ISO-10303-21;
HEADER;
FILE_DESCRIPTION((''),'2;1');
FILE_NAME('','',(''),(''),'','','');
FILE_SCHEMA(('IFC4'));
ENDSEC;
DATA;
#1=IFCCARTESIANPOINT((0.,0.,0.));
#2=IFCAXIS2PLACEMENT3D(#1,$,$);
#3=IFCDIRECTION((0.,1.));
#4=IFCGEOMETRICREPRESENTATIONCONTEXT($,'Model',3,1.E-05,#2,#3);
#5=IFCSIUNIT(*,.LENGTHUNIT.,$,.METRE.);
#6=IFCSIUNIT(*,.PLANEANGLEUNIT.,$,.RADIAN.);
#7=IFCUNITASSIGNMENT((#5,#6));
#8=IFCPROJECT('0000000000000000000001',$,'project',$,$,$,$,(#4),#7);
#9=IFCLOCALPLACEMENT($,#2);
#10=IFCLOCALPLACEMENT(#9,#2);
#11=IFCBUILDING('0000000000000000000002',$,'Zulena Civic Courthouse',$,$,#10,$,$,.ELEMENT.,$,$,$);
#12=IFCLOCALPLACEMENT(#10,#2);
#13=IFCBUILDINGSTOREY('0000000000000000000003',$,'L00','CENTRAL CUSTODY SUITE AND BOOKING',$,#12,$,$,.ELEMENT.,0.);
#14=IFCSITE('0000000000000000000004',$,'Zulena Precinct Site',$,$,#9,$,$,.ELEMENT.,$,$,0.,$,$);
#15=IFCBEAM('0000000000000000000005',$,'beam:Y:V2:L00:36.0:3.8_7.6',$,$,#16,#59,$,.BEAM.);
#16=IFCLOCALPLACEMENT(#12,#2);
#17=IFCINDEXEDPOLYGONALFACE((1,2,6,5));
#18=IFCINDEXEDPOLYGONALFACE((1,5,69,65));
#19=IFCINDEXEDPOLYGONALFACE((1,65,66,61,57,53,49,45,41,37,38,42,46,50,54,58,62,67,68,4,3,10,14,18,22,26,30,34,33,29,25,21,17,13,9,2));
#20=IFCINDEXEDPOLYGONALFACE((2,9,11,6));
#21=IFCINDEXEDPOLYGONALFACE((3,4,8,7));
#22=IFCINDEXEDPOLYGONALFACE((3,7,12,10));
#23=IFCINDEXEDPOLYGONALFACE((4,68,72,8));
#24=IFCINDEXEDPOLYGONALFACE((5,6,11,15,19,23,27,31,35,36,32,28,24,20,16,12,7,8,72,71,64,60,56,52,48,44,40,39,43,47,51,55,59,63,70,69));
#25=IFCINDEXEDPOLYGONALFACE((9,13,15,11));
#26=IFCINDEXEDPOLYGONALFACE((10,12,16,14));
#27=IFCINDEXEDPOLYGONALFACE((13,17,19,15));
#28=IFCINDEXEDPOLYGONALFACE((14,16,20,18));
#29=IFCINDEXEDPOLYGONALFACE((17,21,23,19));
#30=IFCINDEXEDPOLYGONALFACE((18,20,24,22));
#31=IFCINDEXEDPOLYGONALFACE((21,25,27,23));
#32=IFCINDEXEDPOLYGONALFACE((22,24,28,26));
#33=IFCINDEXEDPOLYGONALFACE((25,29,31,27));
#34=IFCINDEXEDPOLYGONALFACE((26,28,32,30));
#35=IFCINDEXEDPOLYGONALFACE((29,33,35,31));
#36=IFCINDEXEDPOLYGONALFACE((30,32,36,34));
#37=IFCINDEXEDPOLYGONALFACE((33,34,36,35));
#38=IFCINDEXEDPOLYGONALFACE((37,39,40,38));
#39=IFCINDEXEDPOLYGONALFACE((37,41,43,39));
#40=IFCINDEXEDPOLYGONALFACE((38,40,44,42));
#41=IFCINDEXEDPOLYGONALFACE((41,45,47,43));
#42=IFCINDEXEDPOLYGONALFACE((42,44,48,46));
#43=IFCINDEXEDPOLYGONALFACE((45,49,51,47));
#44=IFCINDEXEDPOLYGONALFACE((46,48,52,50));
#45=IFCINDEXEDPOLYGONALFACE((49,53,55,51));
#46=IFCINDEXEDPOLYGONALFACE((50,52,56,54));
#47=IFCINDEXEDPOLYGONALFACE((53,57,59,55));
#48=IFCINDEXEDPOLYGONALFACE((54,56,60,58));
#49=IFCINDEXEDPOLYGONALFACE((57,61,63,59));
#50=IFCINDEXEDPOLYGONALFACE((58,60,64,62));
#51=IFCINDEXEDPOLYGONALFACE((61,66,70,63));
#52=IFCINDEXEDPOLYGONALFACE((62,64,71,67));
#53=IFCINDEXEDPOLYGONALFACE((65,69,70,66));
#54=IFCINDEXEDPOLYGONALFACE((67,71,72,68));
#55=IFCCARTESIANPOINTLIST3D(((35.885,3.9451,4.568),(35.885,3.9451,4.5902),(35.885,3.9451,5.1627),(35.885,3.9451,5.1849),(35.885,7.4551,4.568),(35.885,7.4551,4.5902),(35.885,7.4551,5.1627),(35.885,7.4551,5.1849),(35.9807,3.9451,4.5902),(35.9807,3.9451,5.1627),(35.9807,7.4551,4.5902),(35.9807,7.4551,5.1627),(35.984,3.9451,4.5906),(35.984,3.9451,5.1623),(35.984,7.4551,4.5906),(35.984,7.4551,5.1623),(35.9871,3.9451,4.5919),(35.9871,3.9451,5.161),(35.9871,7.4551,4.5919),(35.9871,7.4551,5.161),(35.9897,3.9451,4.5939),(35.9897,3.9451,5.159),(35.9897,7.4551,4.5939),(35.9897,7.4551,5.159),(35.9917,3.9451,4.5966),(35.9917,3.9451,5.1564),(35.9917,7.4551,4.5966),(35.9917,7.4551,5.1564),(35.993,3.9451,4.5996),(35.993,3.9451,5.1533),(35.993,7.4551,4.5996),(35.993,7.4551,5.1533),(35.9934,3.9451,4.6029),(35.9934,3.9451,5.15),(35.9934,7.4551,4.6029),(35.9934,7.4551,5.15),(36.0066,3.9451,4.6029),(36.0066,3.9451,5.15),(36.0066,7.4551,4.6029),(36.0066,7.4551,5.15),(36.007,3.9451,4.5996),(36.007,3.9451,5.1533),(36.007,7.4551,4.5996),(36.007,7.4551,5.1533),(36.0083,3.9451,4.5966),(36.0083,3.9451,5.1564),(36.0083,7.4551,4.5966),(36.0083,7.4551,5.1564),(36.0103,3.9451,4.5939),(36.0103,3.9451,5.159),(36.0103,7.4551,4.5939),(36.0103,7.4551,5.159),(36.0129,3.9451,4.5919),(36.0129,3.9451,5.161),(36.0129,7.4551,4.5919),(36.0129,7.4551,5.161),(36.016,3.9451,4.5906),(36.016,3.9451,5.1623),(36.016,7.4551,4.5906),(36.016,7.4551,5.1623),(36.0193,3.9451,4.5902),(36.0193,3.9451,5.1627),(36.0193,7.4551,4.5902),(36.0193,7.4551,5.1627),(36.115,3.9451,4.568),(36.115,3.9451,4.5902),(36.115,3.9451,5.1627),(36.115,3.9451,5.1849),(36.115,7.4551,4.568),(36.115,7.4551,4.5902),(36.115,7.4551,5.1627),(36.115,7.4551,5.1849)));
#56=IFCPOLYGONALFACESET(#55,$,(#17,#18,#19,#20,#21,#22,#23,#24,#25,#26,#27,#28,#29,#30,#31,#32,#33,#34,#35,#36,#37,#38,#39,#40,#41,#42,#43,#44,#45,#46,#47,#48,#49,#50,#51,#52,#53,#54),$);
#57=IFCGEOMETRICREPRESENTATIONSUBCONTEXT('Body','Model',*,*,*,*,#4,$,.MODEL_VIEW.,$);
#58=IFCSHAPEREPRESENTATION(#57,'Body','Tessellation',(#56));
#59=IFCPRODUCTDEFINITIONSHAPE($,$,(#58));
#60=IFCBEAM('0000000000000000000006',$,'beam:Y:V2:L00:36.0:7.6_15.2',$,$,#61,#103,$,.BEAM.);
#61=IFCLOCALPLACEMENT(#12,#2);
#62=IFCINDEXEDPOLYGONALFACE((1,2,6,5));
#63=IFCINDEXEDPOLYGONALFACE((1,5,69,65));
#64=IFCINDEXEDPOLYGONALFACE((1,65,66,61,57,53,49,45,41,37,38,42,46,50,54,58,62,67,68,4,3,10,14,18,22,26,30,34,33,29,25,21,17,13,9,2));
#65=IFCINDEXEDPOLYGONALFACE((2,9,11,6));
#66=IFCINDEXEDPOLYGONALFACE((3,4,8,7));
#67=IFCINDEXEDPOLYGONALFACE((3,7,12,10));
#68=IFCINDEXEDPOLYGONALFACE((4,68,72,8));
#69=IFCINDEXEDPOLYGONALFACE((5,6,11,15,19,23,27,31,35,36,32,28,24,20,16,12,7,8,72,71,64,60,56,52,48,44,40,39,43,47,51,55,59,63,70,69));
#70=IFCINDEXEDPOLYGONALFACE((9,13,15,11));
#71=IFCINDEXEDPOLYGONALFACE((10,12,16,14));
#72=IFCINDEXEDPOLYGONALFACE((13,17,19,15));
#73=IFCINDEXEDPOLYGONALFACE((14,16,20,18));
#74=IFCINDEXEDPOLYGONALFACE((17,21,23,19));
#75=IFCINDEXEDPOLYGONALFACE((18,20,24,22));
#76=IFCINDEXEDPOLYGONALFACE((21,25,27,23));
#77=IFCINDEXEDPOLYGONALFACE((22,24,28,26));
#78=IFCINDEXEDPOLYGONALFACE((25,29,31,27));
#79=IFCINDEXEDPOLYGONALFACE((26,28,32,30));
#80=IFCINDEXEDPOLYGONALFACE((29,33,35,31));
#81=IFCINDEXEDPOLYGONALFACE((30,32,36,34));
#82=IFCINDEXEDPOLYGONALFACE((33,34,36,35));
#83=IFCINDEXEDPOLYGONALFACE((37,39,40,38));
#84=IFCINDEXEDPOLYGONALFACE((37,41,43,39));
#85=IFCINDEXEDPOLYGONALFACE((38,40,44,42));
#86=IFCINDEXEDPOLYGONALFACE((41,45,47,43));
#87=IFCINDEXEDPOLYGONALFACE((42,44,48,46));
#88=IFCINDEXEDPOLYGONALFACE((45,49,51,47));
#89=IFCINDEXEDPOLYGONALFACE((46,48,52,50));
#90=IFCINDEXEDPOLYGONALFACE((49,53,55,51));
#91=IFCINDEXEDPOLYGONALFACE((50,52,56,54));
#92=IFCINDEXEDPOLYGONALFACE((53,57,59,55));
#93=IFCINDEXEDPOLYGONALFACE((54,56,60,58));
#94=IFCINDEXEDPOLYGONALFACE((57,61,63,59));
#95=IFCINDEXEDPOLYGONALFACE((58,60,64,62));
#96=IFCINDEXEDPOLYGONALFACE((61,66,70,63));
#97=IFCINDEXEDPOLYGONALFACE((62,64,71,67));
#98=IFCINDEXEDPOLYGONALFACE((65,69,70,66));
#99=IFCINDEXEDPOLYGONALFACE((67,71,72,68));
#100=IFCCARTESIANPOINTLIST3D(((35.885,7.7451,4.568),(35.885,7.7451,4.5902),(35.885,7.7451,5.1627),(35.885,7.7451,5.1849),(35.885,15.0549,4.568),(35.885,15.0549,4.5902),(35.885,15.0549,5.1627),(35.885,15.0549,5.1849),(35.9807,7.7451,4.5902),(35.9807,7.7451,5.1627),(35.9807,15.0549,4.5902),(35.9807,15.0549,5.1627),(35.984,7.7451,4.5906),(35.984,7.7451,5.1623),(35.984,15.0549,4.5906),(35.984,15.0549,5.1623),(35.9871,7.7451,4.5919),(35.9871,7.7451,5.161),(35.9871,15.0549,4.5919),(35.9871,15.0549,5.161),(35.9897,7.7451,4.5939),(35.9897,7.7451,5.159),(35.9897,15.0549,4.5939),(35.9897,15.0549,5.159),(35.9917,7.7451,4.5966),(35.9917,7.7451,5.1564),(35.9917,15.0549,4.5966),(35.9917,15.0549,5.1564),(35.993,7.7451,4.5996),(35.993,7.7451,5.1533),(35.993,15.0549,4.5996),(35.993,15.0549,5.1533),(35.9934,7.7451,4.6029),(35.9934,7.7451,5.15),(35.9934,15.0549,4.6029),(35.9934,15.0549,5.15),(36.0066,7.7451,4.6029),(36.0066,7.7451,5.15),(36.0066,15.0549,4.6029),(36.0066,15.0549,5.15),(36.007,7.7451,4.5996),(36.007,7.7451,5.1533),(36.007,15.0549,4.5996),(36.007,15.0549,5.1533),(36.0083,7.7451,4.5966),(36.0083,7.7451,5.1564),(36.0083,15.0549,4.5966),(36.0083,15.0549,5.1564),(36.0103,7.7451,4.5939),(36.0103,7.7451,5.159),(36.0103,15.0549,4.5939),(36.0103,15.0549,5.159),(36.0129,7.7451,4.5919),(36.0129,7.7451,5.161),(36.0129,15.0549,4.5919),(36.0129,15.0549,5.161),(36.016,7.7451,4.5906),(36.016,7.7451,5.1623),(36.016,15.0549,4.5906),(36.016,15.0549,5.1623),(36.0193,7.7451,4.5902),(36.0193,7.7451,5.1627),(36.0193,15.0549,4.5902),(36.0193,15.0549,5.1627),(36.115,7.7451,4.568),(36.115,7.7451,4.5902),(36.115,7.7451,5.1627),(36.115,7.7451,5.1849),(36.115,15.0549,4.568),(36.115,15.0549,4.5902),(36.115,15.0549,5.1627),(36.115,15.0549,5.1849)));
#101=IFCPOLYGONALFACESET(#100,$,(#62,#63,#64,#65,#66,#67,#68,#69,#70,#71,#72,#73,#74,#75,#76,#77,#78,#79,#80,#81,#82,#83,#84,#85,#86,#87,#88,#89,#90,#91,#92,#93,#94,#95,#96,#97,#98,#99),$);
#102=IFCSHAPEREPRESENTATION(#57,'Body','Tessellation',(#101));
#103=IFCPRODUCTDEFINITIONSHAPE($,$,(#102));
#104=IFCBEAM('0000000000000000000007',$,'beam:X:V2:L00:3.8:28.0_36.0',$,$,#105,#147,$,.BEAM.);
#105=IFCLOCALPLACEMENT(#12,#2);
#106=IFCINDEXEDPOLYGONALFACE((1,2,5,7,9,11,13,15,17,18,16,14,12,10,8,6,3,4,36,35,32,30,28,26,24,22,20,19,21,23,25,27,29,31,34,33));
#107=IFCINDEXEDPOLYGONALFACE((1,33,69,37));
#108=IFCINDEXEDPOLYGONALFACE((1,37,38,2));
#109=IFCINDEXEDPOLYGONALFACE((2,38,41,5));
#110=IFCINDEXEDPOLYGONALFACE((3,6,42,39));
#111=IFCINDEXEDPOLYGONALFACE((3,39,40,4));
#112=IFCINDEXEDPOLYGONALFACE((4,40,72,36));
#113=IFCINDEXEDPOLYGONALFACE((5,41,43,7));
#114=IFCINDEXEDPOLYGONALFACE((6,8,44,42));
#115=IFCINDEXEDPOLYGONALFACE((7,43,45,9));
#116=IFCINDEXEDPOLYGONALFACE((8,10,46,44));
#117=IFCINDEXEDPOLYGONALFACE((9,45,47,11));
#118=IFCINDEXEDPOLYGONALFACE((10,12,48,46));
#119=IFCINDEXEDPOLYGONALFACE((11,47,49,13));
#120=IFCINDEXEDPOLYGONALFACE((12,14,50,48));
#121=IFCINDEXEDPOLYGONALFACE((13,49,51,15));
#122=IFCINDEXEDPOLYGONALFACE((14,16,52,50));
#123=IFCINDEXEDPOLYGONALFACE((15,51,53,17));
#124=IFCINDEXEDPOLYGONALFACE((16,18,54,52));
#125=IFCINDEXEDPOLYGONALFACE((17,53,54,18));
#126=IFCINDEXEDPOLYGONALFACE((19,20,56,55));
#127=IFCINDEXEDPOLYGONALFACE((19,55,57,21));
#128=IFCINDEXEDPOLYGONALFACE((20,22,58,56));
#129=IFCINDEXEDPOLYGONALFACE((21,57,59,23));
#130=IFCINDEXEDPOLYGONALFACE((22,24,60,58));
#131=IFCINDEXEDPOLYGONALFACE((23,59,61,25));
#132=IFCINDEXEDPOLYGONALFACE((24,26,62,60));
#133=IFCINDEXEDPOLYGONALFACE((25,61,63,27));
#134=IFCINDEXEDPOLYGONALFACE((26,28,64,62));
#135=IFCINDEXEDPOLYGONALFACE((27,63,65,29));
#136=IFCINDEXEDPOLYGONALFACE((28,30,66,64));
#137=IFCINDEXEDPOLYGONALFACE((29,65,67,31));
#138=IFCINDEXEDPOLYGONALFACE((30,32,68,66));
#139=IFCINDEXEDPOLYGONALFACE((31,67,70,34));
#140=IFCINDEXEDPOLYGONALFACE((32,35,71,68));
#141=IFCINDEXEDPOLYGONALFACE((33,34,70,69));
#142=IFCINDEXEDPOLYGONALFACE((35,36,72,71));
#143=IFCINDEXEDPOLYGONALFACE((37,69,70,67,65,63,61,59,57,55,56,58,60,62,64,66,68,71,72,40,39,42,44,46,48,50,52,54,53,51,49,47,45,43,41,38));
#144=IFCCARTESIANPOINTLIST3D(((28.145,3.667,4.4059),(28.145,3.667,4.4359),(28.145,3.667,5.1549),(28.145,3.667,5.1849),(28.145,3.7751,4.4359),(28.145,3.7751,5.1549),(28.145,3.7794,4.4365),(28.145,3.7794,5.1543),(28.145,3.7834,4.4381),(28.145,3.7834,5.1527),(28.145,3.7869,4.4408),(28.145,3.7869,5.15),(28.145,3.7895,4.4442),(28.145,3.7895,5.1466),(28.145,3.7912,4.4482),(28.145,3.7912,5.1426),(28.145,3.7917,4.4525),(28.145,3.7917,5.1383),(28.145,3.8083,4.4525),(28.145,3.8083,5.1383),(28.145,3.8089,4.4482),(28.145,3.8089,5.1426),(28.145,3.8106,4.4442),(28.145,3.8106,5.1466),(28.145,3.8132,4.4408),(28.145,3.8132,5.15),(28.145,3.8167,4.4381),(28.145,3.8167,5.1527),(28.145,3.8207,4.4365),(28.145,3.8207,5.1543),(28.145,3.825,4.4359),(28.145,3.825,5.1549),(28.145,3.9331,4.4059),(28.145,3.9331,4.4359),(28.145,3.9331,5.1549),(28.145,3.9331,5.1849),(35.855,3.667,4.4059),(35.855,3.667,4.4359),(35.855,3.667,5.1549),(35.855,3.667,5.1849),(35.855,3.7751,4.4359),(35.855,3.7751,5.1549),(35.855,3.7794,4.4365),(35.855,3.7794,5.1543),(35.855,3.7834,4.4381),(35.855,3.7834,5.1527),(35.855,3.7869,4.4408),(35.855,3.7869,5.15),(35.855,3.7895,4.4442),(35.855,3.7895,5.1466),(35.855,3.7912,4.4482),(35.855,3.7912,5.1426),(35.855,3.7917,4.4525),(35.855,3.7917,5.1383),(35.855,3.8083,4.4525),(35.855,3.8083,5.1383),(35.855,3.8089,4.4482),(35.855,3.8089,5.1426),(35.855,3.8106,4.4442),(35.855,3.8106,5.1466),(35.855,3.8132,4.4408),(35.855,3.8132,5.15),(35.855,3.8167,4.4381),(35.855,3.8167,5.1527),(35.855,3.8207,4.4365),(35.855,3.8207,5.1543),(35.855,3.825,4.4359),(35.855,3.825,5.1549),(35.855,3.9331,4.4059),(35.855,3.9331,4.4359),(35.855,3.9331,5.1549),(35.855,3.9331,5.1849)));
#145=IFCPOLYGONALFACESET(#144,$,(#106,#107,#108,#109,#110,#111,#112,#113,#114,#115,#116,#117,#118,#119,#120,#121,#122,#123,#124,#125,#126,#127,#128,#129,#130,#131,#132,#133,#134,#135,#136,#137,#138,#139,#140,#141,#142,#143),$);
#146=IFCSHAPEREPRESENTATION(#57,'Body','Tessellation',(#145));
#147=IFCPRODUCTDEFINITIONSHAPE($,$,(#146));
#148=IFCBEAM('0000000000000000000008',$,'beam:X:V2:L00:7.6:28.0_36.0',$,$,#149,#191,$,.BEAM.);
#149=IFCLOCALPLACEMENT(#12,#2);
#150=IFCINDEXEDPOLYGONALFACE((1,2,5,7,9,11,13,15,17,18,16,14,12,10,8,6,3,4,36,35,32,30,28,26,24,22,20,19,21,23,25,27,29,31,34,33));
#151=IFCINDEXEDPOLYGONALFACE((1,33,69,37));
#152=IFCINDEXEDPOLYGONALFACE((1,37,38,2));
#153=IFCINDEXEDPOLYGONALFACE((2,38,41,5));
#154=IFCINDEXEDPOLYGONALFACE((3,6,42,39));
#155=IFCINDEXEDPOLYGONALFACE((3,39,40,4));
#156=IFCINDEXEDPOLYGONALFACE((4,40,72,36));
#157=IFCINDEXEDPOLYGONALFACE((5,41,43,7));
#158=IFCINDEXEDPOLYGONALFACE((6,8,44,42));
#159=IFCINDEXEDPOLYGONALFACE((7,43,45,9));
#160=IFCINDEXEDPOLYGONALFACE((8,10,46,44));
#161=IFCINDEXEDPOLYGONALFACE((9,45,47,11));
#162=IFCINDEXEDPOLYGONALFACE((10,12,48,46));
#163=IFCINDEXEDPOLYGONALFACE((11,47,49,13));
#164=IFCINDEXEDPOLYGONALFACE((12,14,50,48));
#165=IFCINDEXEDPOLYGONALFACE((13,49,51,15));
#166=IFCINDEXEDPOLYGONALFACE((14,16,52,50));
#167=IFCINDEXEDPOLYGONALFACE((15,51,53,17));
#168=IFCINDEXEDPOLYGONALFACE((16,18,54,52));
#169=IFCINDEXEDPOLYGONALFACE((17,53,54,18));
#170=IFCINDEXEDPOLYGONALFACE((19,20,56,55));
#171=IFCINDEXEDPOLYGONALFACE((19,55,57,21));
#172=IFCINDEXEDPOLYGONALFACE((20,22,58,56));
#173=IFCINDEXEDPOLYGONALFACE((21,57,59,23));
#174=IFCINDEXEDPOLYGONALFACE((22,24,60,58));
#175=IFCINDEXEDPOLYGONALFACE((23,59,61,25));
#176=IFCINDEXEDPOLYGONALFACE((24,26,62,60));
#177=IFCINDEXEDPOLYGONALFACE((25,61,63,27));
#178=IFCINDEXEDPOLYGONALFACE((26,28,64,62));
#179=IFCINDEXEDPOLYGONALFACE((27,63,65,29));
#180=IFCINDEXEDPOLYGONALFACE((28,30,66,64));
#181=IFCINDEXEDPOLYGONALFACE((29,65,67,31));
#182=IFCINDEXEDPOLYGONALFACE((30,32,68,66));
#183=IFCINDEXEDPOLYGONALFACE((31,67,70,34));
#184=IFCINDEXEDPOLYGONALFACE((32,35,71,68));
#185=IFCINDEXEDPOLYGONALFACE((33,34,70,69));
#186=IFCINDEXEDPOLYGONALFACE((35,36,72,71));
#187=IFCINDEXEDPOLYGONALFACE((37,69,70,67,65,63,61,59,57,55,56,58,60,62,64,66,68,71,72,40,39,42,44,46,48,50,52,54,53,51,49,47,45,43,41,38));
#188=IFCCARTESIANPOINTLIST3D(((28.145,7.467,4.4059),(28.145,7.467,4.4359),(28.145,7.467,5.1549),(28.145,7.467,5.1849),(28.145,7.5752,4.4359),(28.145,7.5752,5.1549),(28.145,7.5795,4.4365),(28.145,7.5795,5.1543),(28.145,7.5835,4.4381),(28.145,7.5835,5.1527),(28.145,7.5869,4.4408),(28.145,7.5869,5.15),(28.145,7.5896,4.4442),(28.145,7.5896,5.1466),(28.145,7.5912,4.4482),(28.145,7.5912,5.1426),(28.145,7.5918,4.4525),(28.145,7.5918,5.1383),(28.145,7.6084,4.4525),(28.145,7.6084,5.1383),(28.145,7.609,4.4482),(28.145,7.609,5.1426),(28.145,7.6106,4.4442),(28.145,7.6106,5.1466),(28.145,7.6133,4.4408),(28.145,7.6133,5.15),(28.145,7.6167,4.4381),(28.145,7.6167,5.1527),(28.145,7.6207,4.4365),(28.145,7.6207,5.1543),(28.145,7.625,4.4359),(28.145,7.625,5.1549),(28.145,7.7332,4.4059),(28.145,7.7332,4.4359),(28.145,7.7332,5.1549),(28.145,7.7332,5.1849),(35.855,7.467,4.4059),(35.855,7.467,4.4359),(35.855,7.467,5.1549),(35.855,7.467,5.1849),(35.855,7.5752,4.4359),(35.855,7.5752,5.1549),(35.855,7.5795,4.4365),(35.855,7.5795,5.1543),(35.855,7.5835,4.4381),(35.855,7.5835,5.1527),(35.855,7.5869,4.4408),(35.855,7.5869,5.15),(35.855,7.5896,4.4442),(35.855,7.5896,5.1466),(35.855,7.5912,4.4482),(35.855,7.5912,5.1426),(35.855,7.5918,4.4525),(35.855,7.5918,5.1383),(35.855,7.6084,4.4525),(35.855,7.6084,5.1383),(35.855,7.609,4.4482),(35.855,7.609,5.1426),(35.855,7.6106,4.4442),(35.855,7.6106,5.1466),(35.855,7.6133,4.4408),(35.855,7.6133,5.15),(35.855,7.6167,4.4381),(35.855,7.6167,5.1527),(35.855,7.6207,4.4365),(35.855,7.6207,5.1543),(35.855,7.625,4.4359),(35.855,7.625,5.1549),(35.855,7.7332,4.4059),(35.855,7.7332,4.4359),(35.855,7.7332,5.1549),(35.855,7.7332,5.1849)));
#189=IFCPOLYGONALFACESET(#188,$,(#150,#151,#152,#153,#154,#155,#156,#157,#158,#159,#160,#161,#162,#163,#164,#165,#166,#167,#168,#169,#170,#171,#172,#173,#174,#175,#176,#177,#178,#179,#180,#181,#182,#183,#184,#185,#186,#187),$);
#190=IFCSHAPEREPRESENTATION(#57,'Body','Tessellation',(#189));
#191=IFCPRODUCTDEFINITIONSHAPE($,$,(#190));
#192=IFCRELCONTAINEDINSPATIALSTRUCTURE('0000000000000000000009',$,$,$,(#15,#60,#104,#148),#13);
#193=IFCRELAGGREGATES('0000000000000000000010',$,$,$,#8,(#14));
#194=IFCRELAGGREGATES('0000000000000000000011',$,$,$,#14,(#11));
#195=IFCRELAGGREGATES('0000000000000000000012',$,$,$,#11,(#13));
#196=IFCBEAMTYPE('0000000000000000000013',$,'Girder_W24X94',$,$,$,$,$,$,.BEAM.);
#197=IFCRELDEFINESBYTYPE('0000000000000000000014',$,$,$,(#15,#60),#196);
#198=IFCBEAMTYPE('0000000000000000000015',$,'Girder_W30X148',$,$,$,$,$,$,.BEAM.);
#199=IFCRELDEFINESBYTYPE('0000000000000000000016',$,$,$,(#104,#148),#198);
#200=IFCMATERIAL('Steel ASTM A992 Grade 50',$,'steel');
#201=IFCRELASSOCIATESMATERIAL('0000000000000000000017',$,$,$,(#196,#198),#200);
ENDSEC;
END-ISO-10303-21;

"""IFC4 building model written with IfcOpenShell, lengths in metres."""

from ifc_helpers import new_model, si_unit, direction, frame, origin, origin_2d, place, context, subcontext, project, spatial, i_section, extrude, material, material_profile, profile_set, type_object, element, save


model = new_model("IFC4")

# Units and contexts
model_context = context("Model", 3, precision=1e-05, world=origin(), true_north=direction((0.0, 1.0)))
body_context = subcontext(model_context, "Body", "Model", "MODEL_VIEW")
ifc_project = project(units=[si_unit("LENGTHUNIT", "METRE"), si_unit("PLANEANGLEUNIT", "RADIAN")], contexts=[model_context])

# Site, building, storey
site_placement = place(None, origin())
site = spatial("IfcSite", under=ifc_project, at=site_placement, Name="Zulena Precinct Site", CompositionType="ELEMENT", RefElevation=0.0)
building_placement = place(site_placement, origin())
building = spatial("IfcBuilding", under=site, at=building_placement, Name="Zulena Civic Courthouse", CompositionType="ELEMENT")
storey_placement = place(building_placement, origin())
storey = spatial("IfcBuildingStorey", under=building, at=storey_placement, Name="L00", Description="CENTRAL CUSTODY SUITE AND BOOKING", CompositionType="ELEMENT", Elevation=0.0)

# Shared definitions
ifc_material_1 = material(Name="Steel ASTM A992 Grade 50", Category="steel")

# Beams
ifc_material_profile_1 = material_profile(ifc_material_1, i_section(OverallWidth=0.23, OverallDepth=0.6169, WebThickness=0.0132, FlangeThickness=0.0222, FilletRadius=0.0127, at=origin_2d()), Name="W24X94")
ifc_profile_set_1 = profile_set([ifc_material_profile_1], Name="Steel ASTM A992 Grade 50")
beam_type_1 = type_object("IfcBeamType", Name="Girder_W24X94", PredefinedType="BEAM", material=ifc_profile_set_1)
beam_1_placement = place(storey_placement, frame((36.0, 3.9451, 4.8765), z_axis=(0.0, 1.0, 0.0), x_axis=(-1.0, 0.0, 0.0)))
element("IfcBeam", 1, at=beam_1_placement, inside=storey, type_object=beam_type_1, Name="beam:Y:V2:L00:36.0:3.8_7.6", PredefinedType="BEAM", context=body_context, shape_type="SweptSolid", body=[
    extrude(i_section(OverallWidth=0.23, OverallDepth=0.6169, WebThickness=0.0132, FlangeThickness=0.0222, FilletRadius=0.0127, at=origin_2d()), origin(), (0.0, 0.0, 1.0), 3.51),
])
beam_2_placement = place(storey_placement, frame((36.0, 7.7451, 4.8765), z_axis=(0.0, 1.0, 0.0), x_axis=(-1.0, 0.0, 0.0)))
element("IfcBeam", 2, at=beam_2_placement, inside=storey, type_object=beam_type_1, Name="beam:Y:V2:L00:36.0:7.6_15.2", PredefinedType="BEAM", context=body_context, shape_type="SweptSolid", body=[
    extrude(i_section(OverallWidth=0.23, OverallDepth=0.6169, WebThickness=0.0132, FlangeThickness=0.0222, FilletRadius=0.0127, at=origin_2d()), origin(), (0.0, 0.0, 1.0), 7.3098),
])
ifc_material_profile_2 = material_profile(ifc_material_1, i_section(OverallWidth=0.2661, OverallDepth=0.7791, WebThickness=0.0166, FlangeThickness=0.03, FilletRadius=0.0166, at=origin_2d()), Name="W30X148")
ifc_profile_set_2 = profile_set([ifc_material_profile_2], Name="Steel ASTM A992 Grade 50")
beam_type_2 = type_object("IfcBeamType", Name="Girder_W30X148", PredefinedType="BEAM", material=ifc_profile_set_2)
for number, where, z_axis, x_axis, name in (
    (3, (28.145, 3.8, 4.7954), (1.0, 0.0, 0.0), (0.0, 1.0, 0.0), "beam:X:V2:L00:3.8:28.0_36.0"),
    (4, (28.145, 7.6001, 4.7954), (1.0, 0.0, 0.0), (0.0, 1.0, 0.0), "beam:X:V2:L00:7.6:28.0_36.0"),
):
    element("IfcBeam", number, at=place(storey_placement, frame(where, z_axis=z_axis, x_axis=x_axis)), inside=storey, type_object=beam_type_2, Name=name, PredefinedType="BEAM", context=body_context, shape_type="SweptSolid", body=[
        extrude(i_section(OverallWidth=0.2661, OverallDepth=0.7791, WebThickness=0.0166, FlangeThickness=0.03, FilletRadius=0.0166, at=origin_2d()), origin(), (0.0, 0.0, 1.0), 7.71),
    ])

save(model, "model.ifc")
